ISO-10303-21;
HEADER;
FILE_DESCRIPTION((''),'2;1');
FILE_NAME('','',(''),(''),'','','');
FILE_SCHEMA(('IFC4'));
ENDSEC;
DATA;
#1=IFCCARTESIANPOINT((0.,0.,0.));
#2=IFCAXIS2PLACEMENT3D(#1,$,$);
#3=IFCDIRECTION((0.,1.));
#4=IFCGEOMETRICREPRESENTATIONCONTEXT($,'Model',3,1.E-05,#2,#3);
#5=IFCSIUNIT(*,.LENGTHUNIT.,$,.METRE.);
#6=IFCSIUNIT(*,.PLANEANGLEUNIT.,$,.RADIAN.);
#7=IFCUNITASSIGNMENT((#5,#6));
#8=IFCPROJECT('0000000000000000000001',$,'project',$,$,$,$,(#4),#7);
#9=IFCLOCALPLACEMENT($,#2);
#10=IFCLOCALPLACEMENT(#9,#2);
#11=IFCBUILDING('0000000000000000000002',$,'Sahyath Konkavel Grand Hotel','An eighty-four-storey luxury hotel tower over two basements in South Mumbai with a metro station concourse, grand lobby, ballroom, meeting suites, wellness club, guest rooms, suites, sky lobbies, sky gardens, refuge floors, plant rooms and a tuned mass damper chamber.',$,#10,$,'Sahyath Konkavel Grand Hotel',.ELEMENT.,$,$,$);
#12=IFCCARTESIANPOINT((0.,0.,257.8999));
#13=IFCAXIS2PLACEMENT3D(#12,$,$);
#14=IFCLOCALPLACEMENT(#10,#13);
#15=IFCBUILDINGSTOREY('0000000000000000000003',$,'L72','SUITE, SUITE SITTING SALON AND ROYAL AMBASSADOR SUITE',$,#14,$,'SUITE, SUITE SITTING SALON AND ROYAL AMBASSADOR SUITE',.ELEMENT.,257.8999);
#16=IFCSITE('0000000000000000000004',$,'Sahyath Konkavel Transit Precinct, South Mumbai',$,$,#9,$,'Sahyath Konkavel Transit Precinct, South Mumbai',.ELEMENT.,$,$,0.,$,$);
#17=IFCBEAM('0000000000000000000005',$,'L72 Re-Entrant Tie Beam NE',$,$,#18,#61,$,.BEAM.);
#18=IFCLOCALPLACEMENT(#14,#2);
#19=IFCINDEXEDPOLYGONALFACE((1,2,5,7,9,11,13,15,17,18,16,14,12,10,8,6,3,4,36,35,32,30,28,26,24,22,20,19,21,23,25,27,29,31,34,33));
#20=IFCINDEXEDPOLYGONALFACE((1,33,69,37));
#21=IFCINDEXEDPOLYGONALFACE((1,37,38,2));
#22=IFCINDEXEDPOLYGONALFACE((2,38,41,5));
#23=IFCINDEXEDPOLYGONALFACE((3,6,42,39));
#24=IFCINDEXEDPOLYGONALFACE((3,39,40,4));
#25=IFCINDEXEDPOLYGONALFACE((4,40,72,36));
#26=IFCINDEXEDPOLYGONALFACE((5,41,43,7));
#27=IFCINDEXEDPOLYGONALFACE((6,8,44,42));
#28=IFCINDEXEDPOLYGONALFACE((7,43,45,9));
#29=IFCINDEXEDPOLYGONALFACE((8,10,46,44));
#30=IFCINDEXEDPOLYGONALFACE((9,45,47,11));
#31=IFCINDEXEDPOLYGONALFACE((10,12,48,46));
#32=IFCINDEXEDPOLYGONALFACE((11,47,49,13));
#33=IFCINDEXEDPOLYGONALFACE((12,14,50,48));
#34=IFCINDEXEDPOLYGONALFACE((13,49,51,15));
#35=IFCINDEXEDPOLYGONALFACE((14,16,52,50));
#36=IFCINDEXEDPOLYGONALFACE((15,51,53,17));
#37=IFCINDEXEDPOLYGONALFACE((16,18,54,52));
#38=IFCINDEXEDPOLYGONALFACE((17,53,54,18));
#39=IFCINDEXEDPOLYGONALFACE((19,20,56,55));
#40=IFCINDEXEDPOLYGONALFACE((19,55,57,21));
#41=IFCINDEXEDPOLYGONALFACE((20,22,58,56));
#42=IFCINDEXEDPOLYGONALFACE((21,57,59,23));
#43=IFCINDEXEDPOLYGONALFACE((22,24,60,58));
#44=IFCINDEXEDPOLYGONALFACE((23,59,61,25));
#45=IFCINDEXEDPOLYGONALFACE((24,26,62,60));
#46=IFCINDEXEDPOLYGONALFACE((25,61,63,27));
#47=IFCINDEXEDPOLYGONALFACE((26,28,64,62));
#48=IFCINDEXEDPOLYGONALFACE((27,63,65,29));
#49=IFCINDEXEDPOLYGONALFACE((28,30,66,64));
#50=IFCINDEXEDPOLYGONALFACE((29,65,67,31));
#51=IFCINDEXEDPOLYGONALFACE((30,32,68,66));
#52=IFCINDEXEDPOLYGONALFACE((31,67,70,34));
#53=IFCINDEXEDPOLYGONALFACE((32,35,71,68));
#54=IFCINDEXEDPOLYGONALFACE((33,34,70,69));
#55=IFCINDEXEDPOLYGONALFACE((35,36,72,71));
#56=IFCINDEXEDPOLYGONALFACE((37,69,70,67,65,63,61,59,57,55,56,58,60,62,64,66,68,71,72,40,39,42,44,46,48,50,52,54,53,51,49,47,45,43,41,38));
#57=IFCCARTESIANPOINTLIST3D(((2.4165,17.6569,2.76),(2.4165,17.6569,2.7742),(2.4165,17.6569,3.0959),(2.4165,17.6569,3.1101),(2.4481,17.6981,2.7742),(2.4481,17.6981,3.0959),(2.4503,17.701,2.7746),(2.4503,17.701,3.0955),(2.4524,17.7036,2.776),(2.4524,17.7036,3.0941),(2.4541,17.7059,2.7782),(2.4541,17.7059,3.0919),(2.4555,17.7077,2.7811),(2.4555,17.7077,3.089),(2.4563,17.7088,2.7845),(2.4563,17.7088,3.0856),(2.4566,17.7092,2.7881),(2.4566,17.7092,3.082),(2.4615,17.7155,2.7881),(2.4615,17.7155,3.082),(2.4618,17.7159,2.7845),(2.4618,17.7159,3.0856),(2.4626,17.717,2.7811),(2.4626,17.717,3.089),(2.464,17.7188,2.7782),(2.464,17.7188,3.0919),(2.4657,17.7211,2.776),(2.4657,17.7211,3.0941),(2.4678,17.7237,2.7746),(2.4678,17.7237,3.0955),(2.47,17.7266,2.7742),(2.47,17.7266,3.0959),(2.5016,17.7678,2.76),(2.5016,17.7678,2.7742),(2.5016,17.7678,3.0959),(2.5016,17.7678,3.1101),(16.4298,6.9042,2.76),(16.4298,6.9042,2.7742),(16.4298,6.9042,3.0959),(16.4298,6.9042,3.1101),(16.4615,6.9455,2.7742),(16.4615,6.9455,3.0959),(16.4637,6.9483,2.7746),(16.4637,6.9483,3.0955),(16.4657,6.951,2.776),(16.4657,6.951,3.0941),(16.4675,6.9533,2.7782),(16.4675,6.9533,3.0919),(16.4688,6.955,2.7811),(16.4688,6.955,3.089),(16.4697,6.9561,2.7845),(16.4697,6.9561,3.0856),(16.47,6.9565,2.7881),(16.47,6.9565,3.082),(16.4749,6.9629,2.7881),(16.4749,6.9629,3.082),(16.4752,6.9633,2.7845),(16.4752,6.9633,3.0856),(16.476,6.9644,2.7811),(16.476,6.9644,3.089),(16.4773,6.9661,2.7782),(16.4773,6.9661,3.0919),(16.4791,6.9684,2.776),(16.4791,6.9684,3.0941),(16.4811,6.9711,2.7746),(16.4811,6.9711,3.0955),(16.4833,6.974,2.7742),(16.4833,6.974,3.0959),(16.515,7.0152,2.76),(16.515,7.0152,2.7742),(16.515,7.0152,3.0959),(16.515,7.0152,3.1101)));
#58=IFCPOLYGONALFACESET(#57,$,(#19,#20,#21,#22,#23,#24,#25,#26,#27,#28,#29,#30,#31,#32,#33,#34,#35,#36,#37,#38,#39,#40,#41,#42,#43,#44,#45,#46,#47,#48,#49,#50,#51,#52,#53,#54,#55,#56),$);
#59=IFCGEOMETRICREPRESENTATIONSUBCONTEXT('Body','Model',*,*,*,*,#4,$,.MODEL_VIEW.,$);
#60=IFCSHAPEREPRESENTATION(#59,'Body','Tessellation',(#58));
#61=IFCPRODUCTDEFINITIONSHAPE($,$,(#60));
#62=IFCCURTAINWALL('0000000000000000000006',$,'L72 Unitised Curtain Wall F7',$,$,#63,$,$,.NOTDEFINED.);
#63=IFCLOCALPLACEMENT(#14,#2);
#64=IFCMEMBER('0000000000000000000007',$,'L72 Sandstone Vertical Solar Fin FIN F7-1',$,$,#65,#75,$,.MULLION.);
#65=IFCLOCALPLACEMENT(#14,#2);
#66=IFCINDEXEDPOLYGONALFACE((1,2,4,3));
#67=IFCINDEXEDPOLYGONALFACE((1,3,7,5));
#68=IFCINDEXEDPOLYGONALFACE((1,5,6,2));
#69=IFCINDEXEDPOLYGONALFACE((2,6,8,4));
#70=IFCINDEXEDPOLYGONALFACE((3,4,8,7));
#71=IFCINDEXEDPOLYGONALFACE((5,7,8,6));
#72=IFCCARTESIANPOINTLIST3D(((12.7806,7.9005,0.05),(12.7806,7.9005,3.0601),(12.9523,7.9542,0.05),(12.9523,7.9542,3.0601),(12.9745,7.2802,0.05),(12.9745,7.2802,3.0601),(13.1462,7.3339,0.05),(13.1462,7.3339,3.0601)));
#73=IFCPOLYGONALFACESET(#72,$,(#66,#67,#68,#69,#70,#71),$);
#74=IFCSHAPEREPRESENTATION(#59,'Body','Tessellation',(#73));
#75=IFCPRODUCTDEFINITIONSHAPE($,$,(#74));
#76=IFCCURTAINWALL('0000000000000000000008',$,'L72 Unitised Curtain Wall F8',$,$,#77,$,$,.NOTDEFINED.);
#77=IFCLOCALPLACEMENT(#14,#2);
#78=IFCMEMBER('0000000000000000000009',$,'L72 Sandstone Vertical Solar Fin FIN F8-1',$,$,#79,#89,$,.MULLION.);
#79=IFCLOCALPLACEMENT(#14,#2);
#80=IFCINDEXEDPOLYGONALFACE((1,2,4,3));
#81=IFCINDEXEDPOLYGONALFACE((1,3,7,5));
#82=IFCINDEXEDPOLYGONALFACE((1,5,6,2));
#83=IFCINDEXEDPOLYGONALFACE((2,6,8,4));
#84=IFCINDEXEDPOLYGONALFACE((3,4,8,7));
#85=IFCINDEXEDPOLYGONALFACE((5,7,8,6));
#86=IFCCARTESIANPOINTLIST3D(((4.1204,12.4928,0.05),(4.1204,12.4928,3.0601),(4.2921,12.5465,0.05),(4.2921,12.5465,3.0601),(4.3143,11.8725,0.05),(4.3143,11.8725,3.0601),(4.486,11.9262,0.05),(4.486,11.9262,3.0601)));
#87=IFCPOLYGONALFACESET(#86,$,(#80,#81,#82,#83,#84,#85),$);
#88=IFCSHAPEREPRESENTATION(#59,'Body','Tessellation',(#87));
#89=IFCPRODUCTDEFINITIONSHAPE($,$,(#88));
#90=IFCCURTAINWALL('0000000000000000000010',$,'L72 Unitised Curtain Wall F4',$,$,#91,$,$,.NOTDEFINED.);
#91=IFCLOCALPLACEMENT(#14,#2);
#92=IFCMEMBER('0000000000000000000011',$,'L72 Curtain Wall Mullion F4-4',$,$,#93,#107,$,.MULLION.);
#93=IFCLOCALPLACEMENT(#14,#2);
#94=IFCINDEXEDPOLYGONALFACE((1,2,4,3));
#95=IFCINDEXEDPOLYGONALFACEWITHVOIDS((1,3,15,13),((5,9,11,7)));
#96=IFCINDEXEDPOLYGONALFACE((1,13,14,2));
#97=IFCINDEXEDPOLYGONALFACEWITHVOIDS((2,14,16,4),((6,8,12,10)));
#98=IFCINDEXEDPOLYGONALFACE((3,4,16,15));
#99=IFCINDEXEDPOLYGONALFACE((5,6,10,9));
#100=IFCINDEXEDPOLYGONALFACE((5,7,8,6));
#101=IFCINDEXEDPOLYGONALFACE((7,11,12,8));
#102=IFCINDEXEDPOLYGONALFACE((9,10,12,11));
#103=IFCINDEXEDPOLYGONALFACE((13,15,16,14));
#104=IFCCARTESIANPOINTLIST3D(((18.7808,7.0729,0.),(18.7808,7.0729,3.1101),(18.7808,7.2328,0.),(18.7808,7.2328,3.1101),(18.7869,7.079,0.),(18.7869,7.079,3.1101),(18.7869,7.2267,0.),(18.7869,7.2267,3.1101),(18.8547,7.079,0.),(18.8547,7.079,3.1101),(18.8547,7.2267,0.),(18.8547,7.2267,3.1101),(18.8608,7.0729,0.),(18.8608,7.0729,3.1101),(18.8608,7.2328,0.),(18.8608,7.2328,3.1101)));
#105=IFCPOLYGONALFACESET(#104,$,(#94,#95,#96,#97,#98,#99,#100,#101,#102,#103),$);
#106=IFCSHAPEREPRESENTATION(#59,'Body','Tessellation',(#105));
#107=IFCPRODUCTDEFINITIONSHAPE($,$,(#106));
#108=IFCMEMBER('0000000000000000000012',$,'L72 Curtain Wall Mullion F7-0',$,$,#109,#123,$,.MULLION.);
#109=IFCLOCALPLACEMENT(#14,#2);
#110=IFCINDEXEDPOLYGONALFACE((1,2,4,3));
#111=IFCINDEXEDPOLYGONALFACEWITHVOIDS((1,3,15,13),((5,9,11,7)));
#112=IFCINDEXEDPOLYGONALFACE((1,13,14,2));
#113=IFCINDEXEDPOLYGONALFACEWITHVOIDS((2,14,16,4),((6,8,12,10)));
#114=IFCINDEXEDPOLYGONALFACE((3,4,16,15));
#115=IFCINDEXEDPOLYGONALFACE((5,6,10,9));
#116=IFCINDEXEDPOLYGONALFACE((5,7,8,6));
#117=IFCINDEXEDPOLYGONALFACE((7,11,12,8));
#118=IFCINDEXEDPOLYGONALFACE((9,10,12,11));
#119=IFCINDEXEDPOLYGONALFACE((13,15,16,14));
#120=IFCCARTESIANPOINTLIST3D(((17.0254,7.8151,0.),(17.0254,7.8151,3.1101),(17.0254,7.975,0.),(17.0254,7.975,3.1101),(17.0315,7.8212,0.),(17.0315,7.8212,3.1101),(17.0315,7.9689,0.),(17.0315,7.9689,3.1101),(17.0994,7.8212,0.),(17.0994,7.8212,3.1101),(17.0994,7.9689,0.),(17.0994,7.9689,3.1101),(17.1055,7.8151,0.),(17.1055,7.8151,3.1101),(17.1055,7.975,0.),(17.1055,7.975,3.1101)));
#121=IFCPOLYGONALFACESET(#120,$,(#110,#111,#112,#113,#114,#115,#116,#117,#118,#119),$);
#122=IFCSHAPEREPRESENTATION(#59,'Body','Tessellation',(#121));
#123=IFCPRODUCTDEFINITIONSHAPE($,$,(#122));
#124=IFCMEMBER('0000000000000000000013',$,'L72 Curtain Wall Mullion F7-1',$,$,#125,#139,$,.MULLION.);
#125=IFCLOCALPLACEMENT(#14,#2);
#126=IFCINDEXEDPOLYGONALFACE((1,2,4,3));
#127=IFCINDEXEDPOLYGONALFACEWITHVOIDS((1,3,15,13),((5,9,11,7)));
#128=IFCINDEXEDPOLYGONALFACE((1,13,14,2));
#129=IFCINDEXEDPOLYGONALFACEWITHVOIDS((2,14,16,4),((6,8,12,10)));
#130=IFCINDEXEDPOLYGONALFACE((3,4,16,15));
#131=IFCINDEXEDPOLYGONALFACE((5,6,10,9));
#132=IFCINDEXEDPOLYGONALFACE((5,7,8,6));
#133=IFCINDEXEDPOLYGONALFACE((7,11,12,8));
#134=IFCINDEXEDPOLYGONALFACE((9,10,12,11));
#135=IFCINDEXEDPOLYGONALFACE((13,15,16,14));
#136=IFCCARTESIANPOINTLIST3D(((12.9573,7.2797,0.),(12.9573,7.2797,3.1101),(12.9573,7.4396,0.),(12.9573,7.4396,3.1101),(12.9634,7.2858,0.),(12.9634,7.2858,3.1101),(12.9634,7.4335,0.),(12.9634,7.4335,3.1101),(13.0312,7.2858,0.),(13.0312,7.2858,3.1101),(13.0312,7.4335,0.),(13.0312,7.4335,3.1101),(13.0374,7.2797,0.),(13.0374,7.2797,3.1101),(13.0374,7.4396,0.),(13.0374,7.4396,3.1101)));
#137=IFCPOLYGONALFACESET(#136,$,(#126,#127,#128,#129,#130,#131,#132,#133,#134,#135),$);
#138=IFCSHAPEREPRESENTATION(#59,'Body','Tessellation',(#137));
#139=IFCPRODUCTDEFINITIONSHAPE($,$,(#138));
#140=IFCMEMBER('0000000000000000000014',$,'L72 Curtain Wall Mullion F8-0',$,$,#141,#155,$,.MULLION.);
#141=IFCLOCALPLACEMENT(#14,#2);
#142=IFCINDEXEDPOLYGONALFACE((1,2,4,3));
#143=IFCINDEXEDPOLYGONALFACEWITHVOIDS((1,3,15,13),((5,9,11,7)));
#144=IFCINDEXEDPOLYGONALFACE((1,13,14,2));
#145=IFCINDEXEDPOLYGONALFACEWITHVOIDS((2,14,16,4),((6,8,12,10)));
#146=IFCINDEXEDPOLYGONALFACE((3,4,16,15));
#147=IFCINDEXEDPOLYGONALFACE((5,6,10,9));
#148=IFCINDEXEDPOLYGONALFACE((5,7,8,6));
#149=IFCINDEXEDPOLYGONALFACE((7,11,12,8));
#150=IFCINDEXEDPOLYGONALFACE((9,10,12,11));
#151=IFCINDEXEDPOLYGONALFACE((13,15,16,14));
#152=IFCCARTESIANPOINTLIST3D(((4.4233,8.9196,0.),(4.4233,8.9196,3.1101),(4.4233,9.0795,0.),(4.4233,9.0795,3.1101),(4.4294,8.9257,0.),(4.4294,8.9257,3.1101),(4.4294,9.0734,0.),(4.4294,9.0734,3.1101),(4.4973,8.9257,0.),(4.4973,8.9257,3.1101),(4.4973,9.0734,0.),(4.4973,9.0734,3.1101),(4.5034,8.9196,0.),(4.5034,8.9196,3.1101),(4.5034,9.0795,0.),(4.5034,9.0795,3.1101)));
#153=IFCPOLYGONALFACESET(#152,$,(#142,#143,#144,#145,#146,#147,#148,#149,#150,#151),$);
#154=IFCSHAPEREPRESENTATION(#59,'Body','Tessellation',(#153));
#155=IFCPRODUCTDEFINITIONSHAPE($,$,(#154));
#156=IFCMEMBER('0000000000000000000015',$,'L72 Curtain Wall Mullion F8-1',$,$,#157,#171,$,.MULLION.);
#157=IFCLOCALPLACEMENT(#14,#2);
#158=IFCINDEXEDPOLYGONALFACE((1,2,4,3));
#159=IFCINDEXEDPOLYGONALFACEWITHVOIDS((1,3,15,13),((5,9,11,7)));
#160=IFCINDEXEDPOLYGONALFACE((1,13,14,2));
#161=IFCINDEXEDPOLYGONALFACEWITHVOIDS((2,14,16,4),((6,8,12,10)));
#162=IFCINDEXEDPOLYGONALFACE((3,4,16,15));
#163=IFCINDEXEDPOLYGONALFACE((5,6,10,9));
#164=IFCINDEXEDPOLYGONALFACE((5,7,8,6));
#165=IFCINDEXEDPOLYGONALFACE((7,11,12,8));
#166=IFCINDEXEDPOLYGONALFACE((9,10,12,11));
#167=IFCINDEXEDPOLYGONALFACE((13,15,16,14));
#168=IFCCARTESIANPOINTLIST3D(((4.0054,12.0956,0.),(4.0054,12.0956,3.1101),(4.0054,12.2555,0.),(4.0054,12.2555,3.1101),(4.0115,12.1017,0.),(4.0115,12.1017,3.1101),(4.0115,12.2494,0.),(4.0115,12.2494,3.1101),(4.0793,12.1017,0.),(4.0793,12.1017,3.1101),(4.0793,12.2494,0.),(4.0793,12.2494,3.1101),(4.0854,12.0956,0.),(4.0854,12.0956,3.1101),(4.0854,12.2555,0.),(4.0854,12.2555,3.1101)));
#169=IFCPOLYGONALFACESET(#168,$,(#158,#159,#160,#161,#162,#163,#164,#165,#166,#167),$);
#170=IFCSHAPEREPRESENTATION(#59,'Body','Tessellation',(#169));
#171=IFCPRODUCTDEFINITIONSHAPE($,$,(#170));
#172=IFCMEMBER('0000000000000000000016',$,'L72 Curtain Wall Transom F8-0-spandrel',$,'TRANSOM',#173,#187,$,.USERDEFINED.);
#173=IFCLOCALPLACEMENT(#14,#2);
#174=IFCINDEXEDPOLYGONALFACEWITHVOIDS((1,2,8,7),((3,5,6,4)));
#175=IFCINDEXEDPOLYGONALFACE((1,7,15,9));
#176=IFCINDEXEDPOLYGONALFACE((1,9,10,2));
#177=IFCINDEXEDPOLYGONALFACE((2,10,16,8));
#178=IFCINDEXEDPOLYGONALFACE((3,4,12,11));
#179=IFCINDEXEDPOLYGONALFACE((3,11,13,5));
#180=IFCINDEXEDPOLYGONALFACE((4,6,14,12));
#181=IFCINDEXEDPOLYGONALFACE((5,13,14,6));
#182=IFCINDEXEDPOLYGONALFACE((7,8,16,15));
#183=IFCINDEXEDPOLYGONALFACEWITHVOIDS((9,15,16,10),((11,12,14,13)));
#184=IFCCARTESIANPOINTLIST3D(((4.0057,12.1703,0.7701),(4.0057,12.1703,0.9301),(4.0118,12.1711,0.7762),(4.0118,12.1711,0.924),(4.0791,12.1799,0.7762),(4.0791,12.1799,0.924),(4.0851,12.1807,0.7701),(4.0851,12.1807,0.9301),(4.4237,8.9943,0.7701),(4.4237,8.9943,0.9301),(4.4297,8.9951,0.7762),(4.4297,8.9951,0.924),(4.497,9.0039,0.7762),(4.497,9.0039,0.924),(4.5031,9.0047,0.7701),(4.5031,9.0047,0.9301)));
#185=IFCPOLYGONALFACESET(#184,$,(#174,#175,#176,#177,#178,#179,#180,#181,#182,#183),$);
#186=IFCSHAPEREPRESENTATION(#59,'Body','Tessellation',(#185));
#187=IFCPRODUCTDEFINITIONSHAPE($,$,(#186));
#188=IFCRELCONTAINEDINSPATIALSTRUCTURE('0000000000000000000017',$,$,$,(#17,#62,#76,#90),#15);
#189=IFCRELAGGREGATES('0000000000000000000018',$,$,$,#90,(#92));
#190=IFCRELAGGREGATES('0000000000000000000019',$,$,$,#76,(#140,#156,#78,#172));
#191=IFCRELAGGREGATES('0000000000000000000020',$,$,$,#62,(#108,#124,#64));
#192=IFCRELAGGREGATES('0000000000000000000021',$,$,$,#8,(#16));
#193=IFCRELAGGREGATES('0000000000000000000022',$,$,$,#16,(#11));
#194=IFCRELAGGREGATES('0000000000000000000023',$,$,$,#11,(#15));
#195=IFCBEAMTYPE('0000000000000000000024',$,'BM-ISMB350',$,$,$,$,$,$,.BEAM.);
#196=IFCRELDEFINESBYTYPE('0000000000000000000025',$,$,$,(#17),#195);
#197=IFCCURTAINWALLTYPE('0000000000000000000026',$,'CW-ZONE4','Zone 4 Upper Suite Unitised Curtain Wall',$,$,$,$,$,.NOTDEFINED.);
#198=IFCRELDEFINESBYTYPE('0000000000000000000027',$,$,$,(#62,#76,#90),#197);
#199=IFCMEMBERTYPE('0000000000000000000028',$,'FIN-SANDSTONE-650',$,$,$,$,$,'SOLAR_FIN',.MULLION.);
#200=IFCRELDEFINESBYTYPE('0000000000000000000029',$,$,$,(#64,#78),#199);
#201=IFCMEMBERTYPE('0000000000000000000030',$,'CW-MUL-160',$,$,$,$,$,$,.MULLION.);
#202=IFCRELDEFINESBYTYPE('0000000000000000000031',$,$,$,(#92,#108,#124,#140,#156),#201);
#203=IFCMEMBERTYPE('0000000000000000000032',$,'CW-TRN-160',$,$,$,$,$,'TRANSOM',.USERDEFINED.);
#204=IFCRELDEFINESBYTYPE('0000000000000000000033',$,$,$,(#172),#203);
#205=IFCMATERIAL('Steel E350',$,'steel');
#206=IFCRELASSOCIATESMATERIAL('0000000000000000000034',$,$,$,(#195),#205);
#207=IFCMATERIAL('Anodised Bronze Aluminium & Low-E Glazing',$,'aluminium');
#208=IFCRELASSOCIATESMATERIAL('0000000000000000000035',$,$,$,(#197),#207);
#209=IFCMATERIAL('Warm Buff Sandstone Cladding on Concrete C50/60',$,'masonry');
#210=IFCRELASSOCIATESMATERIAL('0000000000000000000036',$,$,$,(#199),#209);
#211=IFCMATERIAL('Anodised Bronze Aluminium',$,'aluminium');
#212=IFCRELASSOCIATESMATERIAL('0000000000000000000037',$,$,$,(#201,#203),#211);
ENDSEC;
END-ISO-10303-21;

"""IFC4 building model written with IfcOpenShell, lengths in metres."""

from ifc_helpers import new_model, si_unit, direction, frame, origin, origin_2d, place, context, subcontext, project, spatial, rectangle, hollow_rectangle, i_section, extrude, source, transform, mapped, material, material_profile, profile_set, type_object, element, aggregate, save


model = new_model("IFC4")

# Units and contexts
model_context = context("Model", 3, precision=1e-05, world=origin(), true_north=direction((0.0, 1.0)))
body_context = subcontext(model_context, "Body", "Model", "MODEL_VIEW")
ifc_project = project(units=[si_unit("LENGTHUNIT", "METRE"), si_unit("PLANEANGLEUNIT", "RADIAN")], contexts=[model_context])

# Site, building, storey
site_placement = place(None, origin())
site = spatial("IfcSite", under=ifc_project, at=site_placement, Name="Sahyath Konkavel Transit Precinct, South Mumbai", LongName="Sahyath Konkavel Transit Precinct, South Mumbai", CompositionType="ELEMENT", RefElevation=0.0)
building_placement = place(site_placement, origin())
building = spatial("IfcBuilding", under=site, at=building_placement, Name="Sahyath Konkavel Grand Hotel", Description="An eighty-four-storey luxury hotel tower over two basements in South Mumbai with a metro station concourse, grand lobby, ballroom, meeting suites, wellness club, guest rooms, suites, sky lobbies, sky gardens, refuge floors, plant rooms and a tuned mass damper chamber.", LongName="Sahyath Konkavel Grand Hotel", CompositionType="ELEMENT")
storey_placement = place(building_placement, frame((0.0, 0.0, 257.8999)))
storey = spatial("IfcBuildingStorey", under=building, at=storey_placement, Name="L72", Description="SUITE, SUITE SITTING SALON AND ROYAL AMBASSADOR SUITE", LongName="SUITE, SUITE SITTING SALON AND ROYAL AMBASSADOR SUITE", CompositionType="ELEMENT", Elevation=257.8999)

# Beam
ifc_material_1 = material(Name="Steel E350", Category="steel")
ifc_material_profile_1 = material_profile(ifc_material_1, i_section(OverallWidth=0.1399, OverallDepth=0.3501, WebThickness=0.0081, FlangeThickness=0.0142, FilletRadius=0.0139, at=origin_2d()), Name="ISMB 350")
ifc_profile_set_1 = profile_set([ifc_material_profile_1], Name="Steel E350")
beam_type = type_object("IfcBeamType", Name="BM-ISMB350", PredefinedType="BEAM", material=ifc_profile_set_1)
shared_shape_1 = source(origin(), body_context, "Body", "SweptSolid", [
    extrude(i_section(OverallWidth=0.1399, OverallDepth=0.3501, WebThickness=0.0081, FlangeThickness=0.0142, FilletRadius=0.0139, at=origin_2d()), origin(), (0.0, 0.0, 1.0), 17.6633),
])
beam_placement = place(storey_placement, frame((16.4724, 6.9597, 2.9351), z_axis=(-0.793359, 0.608754, 0.0), x_axis=(-0.608754, -0.793359, 0.0)))
element("IfcBeam", 1, at=beam_placement, inside=storey, type_object=beam_type, Name="L72 Re-Entrant Tie Beam NE", PredefinedType="BEAM", context=body_context, shape_type="MappedRepresentation", body=[
    mapped(shared_shape_1, transform((0.0, 0.0, 0.0), scale=1.0)),
])

# Curtain walls, members
ifc_material_2 = material(Name="Anodised Bronze Aluminium & Low-E Glazing", Category="aluminium")
curtain_wall_type = type_object("IfcCurtainWallType", Name="CW-ZONE4", Description="Zone 4 Upper Suite Unitised Curtain Wall", PredefinedType="NOTDEFINED", material=ifc_material_2)
curtain_wall_1_placement = place(storey_placement, origin())
curtain_wall_1 = element("IfcCurtainWall", 2, at=curtain_wall_1_placement, inside=storey, type_object=curtain_wall_type, Name="L72 Unitised Curtain Wall F7", PredefinedType="NOTDEFINED")
ifc_material_3 = material(Name="Warm Buff Sandstone Cladding on Concrete C50/60", Category="masonry")
ifc_material_profile_2 = material_profile(ifc_material_3, rectangle(XDim=0.1799, YDim=0.6499, at=origin_2d()), Name="FIN 180x650")
ifc_profile_set_2 = profile_set([ifc_material_profile_2], Name="Warm Buff Sandstone Cladding on Concrete C50/60")
member_type_1 = type_object("IfcMemberType", Name="FIN-SANDSTONE-650", ElementType="SOLAR_FIN", PredefinedType="MULLION", material=ifc_profile_set_2)
shared_shape_2 = source(origin(), body_context, "Body", "SweptSolid", [
    extrude(rectangle(XDim=0.1799, YDim=0.6499, at=origin_2d()), origin(), (0.0, 0.0, 1.0), 3.01),
])
member_1_placement = place(storey_placement, frame((12.9634, 7.6172, 0.05), z_axis=(0.0, 0.0, 1.0), x_axis=(0.954449, 0.298375, 0.0)))
member_1 = element("IfcMember", 3, at=member_1_placement, type_object=member_type_1, Name="L72 Sandstone Vertical Solar Fin FIN F7-1", PredefinedType="MULLION", context=body_context, shape_type="MappedRepresentation", body=[
    mapped(shared_shape_2, transform((0.0, 0.0, 0.0), scale=1.0)),
])
curtain_wall_2_placement = place(storey_placement, origin())
curtain_wall_2 = element("IfcCurtainWall", 4, at=curtain_wall_2_placement, inside=storey, type_object=curtain_wall_type, Name="L72 Unitised Curtain Wall F8", PredefinedType="NOTDEFINED")
member_2_placement = place(storey_placement, frame((4.3032, 12.2095, 0.05), z_axis=(0.0, 0.0, 1.0), x_axis=(0.954449, 0.298375, 0.0)))
member_2 = element("IfcMember", 5, at=member_2_placement, type_object=member_type_1, Name="L72 Sandstone Vertical Solar Fin FIN F8-1", PredefinedType="MULLION", context=body_context, shape_type="MappedRepresentation", body=[
    mapped(shared_shape_2, transform((0.0, 0.0, 0.0), scale=1.0)),
])
curtain_wall_3_placement = place(storey_placement, origin())
curtain_wall_3 = element("IfcCurtainWall", 6, at=curtain_wall_3_placement, inside=storey, type_object=curtain_wall_type, Name="L72 Unitised Curtain Wall F4", PredefinedType="NOTDEFINED")
ifc_material_4 = material(Name="Anodised Bronze Aluminium", Category="aluminium")
ifc_material_profile_3 = material_profile(ifc_material_4, hollow_rectangle(XDim=0.0801, YDim=0.1599, WallThickness=0.0061, at=origin_2d()), Name="RHS 160x80x6")
ifc_profile_set_3 = profile_set([ifc_material_profile_3], Name="Anodised Bronze Aluminium")
member_type_2 = type_object("IfcMemberType", Name="CW-MUL-160", PredefinedType="MULLION", material=ifc_profile_set_3)
shared_shape_3 = source(origin(), body_context, "Body", "SweptSolid", [
    extrude(hollow_rectangle(XDim=0.0801, YDim=0.1599, WallThickness=0.0061, at=origin_2d()), origin(), (0.0, 0.0, 1.0), 3.1101),
])
member_3_placement = place(storey_placement, frame((18.8208, 7.1528, 0.0), z_axis=(0.0, 0.0, 1.0), x_axis=(1.0, 0.0, 0.0)))
member_3 = element("IfcMember", 7, at=member_3_placement, type_object=member_type_2, Name="L72 Curtain Wall Mullion F4-4", PredefinedType="MULLION", context=body_context, shape_type="MappedRepresentation", body=[
    mapped(shared_shape_3, transform((0.0, 0.0, 0.0), scale=1.0)),
])
aggregate(curtain_wall_3, [member_3])

# Members
member_4_placement = place(storey_placement, frame((17.0654, 7.895, 0.0), z_axis=(0.0, 0.0, 1.0), x_axis=(1.0, 0.0, 0.0)))
member_4 = element("IfcMember", 8, at=member_4_placement, type_object=member_type_2, Name="L72 Curtain Wall Mullion F7-0", PredefinedType="MULLION", context=body_context, shape_type="MappedRepresentation", body=[
    mapped(shared_shape_3, transform((0.0, 0.0, 0.0), scale=1.0)),
])
member_5_placement = place(storey_placement, frame((12.9973, 7.3596, 0.0), z_axis=(0.0, 0.0, 1.0), x_axis=(1.0, 0.0, 0.0)))
member_5 = element("IfcMember", 9, at=member_5_placement, type_object=member_type_2, Name="L72 Curtain Wall Mullion F7-1", PredefinedType="MULLION", context=body_context, shape_type="MappedRepresentation", body=[
    mapped(shared_shape_3, transform((0.0, 0.0, 0.0), scale=1.0)),
])
member_6_placement = place(storey_placement, frame((4.4634, 8.9995, 0.0), z_axis=(0.0, 0.0, 1.0), x_axis=(1.0, 0.0, 0.0)))
member_6 = element("IfcMember", 10, at=member_6_placement, type_object=member_type_2, Name="L72 Curtain Wall Mullion F8-0", PredefinedType="MULLION", context=body_context, shape_type="MappedRepresentation", body=[
    mapped(shared_shape_3, transform((0.0, 0.0, 0.0), scale=1.0)),
])
member_7_placement = place(storey_placement, frame((4.0454, 12.1755, 0.0), z_axis=(0.0, 0.0, 1.0), x_axis=(1.0, 0.0, 0.0)))
member_7 = element("IfcMember", 11, at=member_7_placement, type_object=member_type_2, Name="L72 Curtain Wall Mullion F8-1", PredefinedType="MULLION", context=body_context, shape_type="MappedRepresentation", body=[
    mapped(shared_shape_3, transform((0.0, 0.0, 0.0), scale=1.0)),
])
ifc_material_profile_4 = material_profile(ifc_material_4, hollow_rectangle(XDim=0.0801, YDim=0.1599, WallThickness=0.0061, at=origin_2d()), Name="RHS 160x80x6")
ifc_profile_set_4 = profile_set([ifc_material_profile_4], Name="Anodised Bronze Aluminium")
member_type_3 = type_object("IfcMemberType", Name="CW-TRN-160", ElementType="TRANSOM", PredefinedType="USERDEFINED", material=ifc_profile_set_4)
shared_shape_4 = source(origin(), body_context, "Body", "SweptSolid", [
    extrude(hollow_rectangle(XDim=0.0801, YDim=0.1599, WallThickness=0.0061, at=origin_2d()), origin(), (0.0, 0.0, 1.0), 3.2034),
])
member_8_placement = place(storey_placement, frame((4.4634, 8.9995, 0.8501), z_axis=(-0.130476, 0.991451, 0.0), x_axis=(-0.991451, -0.130476, 0.0)))
member_8 = element("IfcMember", 12, at=member_8_placement, type_object=member_type_3, Name="L72 Curtain Wall Transom F8-0-spandrel", ObjectType="TRANSOM", PredefinedType="USERDEFINED", context=body_context, shape_type="MappedRepresentation", body=[
    mapped(shared_shape_4, transform((0.0, 0.0, 0.0), scale=1.0)),
])

aggregate(curtain_wall_2, [member_6, member_7, member_2, member_8])
aggregate(curtain_wall_1, [member_4, member_5, member_1])

save(model, "model.ifc")
